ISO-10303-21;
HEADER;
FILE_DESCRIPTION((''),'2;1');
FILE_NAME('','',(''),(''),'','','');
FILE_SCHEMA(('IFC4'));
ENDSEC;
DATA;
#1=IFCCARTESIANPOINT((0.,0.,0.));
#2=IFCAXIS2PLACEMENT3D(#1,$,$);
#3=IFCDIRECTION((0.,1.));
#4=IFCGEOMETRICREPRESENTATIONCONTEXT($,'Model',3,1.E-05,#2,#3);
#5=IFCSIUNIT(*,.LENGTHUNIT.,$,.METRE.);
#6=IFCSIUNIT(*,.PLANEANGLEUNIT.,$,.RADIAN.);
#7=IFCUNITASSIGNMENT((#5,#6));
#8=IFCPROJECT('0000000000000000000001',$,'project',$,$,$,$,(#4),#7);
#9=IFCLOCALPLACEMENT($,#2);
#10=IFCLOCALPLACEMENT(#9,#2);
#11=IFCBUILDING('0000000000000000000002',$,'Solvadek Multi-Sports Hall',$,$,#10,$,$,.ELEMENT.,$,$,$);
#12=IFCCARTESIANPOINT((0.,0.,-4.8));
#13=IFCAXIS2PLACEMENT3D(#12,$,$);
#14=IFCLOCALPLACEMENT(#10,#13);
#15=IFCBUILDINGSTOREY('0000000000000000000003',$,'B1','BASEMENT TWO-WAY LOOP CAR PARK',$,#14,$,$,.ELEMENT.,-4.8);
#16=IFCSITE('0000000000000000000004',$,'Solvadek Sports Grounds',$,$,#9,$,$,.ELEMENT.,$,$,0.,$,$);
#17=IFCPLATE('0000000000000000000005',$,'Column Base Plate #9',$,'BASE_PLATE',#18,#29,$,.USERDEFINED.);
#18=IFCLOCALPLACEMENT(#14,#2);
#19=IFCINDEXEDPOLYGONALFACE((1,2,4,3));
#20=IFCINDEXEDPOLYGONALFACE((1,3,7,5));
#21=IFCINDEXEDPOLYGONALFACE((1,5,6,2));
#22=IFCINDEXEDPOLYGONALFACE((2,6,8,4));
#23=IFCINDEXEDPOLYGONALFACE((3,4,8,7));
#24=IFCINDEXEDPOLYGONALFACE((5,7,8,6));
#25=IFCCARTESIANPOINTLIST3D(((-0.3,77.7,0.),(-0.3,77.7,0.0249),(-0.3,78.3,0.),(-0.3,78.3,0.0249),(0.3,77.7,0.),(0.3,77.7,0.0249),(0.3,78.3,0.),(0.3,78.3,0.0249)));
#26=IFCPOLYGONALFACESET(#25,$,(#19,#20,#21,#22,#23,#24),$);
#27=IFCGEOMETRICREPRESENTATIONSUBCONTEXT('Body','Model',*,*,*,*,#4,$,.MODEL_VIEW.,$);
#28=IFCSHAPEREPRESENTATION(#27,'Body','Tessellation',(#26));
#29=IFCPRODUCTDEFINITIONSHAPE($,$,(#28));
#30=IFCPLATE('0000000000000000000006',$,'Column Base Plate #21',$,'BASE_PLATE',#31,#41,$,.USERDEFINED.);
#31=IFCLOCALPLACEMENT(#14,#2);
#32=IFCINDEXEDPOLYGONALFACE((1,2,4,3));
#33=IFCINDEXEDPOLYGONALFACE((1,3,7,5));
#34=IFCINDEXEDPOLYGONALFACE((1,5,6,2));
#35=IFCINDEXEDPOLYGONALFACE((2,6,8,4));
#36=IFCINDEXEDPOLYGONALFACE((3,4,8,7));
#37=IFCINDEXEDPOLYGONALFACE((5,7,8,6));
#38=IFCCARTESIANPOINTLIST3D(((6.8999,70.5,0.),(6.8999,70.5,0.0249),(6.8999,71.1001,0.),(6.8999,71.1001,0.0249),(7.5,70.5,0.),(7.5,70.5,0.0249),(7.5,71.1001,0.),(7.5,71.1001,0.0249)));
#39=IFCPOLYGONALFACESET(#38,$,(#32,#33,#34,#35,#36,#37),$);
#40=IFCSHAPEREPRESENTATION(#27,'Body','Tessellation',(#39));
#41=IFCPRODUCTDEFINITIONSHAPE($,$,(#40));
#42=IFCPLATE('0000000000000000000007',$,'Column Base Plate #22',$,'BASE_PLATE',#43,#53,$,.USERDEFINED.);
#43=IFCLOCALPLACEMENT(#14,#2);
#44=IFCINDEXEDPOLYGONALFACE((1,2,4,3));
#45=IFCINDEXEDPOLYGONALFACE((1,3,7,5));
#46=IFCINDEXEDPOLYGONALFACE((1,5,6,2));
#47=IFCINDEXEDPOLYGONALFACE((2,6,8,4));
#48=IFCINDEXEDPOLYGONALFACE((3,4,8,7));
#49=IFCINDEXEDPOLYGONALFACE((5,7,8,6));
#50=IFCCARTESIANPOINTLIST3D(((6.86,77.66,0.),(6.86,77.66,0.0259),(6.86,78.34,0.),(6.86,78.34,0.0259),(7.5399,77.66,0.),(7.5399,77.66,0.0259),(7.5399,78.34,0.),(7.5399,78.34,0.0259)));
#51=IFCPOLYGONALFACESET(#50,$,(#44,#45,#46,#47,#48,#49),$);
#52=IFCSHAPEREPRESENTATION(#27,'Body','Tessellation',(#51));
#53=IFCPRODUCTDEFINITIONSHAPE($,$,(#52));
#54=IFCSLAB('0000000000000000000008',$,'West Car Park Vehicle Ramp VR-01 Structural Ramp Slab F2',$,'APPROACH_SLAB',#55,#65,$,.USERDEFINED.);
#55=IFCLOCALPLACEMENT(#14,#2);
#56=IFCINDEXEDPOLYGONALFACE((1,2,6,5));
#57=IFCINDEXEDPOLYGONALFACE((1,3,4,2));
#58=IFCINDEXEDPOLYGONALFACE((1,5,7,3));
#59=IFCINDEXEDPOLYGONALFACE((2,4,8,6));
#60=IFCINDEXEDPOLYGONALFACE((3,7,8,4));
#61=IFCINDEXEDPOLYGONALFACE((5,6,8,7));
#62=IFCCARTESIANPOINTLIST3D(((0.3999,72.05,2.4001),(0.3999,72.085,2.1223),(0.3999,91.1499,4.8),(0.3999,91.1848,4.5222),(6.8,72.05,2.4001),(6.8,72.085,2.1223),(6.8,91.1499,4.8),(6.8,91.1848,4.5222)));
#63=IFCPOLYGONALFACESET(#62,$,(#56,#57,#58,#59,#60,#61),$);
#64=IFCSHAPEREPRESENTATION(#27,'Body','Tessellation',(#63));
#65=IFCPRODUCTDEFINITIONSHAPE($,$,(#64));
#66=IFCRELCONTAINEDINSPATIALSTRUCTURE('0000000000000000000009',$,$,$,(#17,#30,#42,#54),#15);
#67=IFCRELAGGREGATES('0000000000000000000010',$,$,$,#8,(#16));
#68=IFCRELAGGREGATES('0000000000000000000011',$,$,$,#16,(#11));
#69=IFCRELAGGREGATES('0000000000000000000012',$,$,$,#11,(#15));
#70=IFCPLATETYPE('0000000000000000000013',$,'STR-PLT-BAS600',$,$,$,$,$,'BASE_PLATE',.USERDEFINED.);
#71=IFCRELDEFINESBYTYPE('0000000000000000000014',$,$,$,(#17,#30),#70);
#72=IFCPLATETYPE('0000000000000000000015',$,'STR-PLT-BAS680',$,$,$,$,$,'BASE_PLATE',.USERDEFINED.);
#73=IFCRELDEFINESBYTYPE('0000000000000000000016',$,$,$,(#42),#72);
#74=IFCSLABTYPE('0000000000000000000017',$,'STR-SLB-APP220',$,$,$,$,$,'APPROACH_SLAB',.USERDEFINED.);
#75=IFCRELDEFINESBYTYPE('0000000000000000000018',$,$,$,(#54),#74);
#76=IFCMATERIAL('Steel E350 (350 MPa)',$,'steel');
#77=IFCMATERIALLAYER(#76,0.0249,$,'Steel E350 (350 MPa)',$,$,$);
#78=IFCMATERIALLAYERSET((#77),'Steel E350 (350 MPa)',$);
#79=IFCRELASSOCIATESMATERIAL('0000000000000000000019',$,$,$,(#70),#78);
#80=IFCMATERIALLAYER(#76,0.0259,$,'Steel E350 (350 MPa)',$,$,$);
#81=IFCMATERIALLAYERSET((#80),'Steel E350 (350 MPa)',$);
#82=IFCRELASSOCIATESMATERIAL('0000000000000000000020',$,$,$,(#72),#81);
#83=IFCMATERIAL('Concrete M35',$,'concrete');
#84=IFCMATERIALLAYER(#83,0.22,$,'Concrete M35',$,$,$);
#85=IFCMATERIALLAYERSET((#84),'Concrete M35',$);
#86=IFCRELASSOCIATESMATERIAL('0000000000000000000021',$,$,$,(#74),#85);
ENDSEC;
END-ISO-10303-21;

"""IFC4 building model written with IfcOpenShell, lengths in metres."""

from ifc_helpers import new_model, si_unit, direction, frame, origin, origin_2d, place, context, subcontext, project, spatial, polyline, rectangle, outline, extrude, material, layer, layer_set, type_object, element, save


model = new_model("IFC4")

# Units and contexts
model_context = context("Model", 3, precision=1e-05, world=origin(), true_north=direction((0.0, 1.0)))
body_context = subcontext(model_context, "Body", "Model", "MODEL_VIEW")
ifc_project = project(units=[si_unit("LENGTHUNIT", "METRE"), si_unit("PLANEANGLEUNIT", "RADIAN")], contexts=[model_context])

# Site, building, storey
site_placement = place(None, origin())
site = spatial("IfcSite", under=ifc_project, at=site_placement, Name="Solvadek Sports Grounds", CompositionType="ELEMENT", RefElevation=0.0)
building_placement = place(site_placement, origin())
building = spatial("IfcBuilding", under=site, at=building_placement, Name="Solvadek Multi-Sports Hall", CompositionType="ELEMENT")
storey_placement = place(building_placement, frame((0.0, 0.0, -4.8)))
storey = spatial("IfcBuildingStorey", under=building, at=storey_placement, Name="B1", Description="BASEMENT TWO-WAY LOOP CAR PARK", CompositionType="ELEMENT", Elevation=-4.8)

# Shared definitions
ifc_material_1 = material(Name="Concrete M35", Category="concrete")

# Shared definitions
ifc_material_2 = material(Name="Steel E350 (350 MPa)", Category="steel")

# Plates
ifc_layer_1 = layer(ifc_material_2, 0.0249, Name="Steel E350 (350 MPa)")
ifc_layer_set_1 = layer_set([ifc_layer_1], Name="Steel E350 (350 MPa)")
plate_type_1 = type_object("IfcPlateType", Name="STR-PLT-BAS600", ElementType="BASE_PLATE", PredefinedType="USERDEFINED", material=ifc_layer_set_1)
for number, where, z_axis, x_axis, name in (
    (1, (0.0, 78.0, 0.0), (0.0, 0.0, 1.0), (1.0, 0.0, 0.0), "Column Base Plate #9"),
    (2, (7.2, 70.8, 0.0), (0.0, 0.0, 1.0), (1.0, 0.0, 0.0), "Column Base Plate #21"),
):
    element("IfcPlate", number, at=place(storey_placement, frame(where, z_axis=z_axis, x_axis=x_axis)), inside=storey, type_object=plate_type_1, Name=name, ObjectType="BASE_PLATE", PredefinedType="USERDEFINED", context=body_context, shape_type="SweptSolid", body=[
        extrude(rectangle(XDim=0.6001, YDim=0.6001, at=origin_2d()), origin(), (0.0, 0.0, 1.0), 0.0249),
    ])
ifc_layer_2 = layer(ifc_material_2, 0.0259, Name="Steel E350 (350 MPa)")
ifc_layer_set_2 = layer_set([ifc_layer_2], Name="Steel E350 (350 MPa)")
plate_type_2 = type_object("IfcPlateType", Name="STR-PLT-BAS680", ElementType="BASE_PLATE", PredefinedType="USERDEFINED", material=ifc_layer_set_2)
plate_placement = place(storey_placement, frame((7.2, 78.0, 0.0), z_axis=(0.0, 0.0, 1.0), x_axis=(1.0, 0.0, 0.0)))
element("IfcPlate", 3, at=plate_placement, inside=storey, type_object=plate_type_2, Name="Column Base Plate #22", ObjectType="BASE_PLATE", PredefinedType="USERDEFINED", context=body_context, shape_type="SweptSolid", body=[
    extrude(rectangle(XDim=0.6799, YDim=0.6799, at=origin_2d()), origin(), (0.0, 0.0, 1.0), 0.0259),
])

# Slab
ifc_layer_3 = layer(ifc_material_1, 0.22, Name="Concrete M35")
ifc_layer_set_3 = layer_set([ifc_layer_3], Name="Concrete M35")
slab_type = type_object("IfcSlabType", Name="STR-SLB-APP220", ElementType="APPROACH_SLAB", PredefinedType="USERDEFINED", material=ifc_layer_set_3)
slab_placement = place(storey_placement, frame((0.3999, 72.05, 2.4001), z_axis=(0.0, -0.12467, 0.992198), x_axis=(1.0, 0.0, 0.0)))
element("IfcSlab", 4, at=slab_placement, inside=storey, type_object=slab_type, Name="West Car Park Vehicle Ramp VR-01 Structural Ramp Slab F2", ObjectType="APPROACH_SLAB", PredefinedType="USERDEFINED", context=body_context, shape_type="SweptSolid", body=[
    extrude(outline(polyline([(0.0, 0.0), (6.4001, 0.0), (6.4001, 19.25), (0.0, 19.25), (0.0, 0.0)])), origin(), (0.0, 0.0, -1.0), 0.28),
])

save(model, "model.ifc")
